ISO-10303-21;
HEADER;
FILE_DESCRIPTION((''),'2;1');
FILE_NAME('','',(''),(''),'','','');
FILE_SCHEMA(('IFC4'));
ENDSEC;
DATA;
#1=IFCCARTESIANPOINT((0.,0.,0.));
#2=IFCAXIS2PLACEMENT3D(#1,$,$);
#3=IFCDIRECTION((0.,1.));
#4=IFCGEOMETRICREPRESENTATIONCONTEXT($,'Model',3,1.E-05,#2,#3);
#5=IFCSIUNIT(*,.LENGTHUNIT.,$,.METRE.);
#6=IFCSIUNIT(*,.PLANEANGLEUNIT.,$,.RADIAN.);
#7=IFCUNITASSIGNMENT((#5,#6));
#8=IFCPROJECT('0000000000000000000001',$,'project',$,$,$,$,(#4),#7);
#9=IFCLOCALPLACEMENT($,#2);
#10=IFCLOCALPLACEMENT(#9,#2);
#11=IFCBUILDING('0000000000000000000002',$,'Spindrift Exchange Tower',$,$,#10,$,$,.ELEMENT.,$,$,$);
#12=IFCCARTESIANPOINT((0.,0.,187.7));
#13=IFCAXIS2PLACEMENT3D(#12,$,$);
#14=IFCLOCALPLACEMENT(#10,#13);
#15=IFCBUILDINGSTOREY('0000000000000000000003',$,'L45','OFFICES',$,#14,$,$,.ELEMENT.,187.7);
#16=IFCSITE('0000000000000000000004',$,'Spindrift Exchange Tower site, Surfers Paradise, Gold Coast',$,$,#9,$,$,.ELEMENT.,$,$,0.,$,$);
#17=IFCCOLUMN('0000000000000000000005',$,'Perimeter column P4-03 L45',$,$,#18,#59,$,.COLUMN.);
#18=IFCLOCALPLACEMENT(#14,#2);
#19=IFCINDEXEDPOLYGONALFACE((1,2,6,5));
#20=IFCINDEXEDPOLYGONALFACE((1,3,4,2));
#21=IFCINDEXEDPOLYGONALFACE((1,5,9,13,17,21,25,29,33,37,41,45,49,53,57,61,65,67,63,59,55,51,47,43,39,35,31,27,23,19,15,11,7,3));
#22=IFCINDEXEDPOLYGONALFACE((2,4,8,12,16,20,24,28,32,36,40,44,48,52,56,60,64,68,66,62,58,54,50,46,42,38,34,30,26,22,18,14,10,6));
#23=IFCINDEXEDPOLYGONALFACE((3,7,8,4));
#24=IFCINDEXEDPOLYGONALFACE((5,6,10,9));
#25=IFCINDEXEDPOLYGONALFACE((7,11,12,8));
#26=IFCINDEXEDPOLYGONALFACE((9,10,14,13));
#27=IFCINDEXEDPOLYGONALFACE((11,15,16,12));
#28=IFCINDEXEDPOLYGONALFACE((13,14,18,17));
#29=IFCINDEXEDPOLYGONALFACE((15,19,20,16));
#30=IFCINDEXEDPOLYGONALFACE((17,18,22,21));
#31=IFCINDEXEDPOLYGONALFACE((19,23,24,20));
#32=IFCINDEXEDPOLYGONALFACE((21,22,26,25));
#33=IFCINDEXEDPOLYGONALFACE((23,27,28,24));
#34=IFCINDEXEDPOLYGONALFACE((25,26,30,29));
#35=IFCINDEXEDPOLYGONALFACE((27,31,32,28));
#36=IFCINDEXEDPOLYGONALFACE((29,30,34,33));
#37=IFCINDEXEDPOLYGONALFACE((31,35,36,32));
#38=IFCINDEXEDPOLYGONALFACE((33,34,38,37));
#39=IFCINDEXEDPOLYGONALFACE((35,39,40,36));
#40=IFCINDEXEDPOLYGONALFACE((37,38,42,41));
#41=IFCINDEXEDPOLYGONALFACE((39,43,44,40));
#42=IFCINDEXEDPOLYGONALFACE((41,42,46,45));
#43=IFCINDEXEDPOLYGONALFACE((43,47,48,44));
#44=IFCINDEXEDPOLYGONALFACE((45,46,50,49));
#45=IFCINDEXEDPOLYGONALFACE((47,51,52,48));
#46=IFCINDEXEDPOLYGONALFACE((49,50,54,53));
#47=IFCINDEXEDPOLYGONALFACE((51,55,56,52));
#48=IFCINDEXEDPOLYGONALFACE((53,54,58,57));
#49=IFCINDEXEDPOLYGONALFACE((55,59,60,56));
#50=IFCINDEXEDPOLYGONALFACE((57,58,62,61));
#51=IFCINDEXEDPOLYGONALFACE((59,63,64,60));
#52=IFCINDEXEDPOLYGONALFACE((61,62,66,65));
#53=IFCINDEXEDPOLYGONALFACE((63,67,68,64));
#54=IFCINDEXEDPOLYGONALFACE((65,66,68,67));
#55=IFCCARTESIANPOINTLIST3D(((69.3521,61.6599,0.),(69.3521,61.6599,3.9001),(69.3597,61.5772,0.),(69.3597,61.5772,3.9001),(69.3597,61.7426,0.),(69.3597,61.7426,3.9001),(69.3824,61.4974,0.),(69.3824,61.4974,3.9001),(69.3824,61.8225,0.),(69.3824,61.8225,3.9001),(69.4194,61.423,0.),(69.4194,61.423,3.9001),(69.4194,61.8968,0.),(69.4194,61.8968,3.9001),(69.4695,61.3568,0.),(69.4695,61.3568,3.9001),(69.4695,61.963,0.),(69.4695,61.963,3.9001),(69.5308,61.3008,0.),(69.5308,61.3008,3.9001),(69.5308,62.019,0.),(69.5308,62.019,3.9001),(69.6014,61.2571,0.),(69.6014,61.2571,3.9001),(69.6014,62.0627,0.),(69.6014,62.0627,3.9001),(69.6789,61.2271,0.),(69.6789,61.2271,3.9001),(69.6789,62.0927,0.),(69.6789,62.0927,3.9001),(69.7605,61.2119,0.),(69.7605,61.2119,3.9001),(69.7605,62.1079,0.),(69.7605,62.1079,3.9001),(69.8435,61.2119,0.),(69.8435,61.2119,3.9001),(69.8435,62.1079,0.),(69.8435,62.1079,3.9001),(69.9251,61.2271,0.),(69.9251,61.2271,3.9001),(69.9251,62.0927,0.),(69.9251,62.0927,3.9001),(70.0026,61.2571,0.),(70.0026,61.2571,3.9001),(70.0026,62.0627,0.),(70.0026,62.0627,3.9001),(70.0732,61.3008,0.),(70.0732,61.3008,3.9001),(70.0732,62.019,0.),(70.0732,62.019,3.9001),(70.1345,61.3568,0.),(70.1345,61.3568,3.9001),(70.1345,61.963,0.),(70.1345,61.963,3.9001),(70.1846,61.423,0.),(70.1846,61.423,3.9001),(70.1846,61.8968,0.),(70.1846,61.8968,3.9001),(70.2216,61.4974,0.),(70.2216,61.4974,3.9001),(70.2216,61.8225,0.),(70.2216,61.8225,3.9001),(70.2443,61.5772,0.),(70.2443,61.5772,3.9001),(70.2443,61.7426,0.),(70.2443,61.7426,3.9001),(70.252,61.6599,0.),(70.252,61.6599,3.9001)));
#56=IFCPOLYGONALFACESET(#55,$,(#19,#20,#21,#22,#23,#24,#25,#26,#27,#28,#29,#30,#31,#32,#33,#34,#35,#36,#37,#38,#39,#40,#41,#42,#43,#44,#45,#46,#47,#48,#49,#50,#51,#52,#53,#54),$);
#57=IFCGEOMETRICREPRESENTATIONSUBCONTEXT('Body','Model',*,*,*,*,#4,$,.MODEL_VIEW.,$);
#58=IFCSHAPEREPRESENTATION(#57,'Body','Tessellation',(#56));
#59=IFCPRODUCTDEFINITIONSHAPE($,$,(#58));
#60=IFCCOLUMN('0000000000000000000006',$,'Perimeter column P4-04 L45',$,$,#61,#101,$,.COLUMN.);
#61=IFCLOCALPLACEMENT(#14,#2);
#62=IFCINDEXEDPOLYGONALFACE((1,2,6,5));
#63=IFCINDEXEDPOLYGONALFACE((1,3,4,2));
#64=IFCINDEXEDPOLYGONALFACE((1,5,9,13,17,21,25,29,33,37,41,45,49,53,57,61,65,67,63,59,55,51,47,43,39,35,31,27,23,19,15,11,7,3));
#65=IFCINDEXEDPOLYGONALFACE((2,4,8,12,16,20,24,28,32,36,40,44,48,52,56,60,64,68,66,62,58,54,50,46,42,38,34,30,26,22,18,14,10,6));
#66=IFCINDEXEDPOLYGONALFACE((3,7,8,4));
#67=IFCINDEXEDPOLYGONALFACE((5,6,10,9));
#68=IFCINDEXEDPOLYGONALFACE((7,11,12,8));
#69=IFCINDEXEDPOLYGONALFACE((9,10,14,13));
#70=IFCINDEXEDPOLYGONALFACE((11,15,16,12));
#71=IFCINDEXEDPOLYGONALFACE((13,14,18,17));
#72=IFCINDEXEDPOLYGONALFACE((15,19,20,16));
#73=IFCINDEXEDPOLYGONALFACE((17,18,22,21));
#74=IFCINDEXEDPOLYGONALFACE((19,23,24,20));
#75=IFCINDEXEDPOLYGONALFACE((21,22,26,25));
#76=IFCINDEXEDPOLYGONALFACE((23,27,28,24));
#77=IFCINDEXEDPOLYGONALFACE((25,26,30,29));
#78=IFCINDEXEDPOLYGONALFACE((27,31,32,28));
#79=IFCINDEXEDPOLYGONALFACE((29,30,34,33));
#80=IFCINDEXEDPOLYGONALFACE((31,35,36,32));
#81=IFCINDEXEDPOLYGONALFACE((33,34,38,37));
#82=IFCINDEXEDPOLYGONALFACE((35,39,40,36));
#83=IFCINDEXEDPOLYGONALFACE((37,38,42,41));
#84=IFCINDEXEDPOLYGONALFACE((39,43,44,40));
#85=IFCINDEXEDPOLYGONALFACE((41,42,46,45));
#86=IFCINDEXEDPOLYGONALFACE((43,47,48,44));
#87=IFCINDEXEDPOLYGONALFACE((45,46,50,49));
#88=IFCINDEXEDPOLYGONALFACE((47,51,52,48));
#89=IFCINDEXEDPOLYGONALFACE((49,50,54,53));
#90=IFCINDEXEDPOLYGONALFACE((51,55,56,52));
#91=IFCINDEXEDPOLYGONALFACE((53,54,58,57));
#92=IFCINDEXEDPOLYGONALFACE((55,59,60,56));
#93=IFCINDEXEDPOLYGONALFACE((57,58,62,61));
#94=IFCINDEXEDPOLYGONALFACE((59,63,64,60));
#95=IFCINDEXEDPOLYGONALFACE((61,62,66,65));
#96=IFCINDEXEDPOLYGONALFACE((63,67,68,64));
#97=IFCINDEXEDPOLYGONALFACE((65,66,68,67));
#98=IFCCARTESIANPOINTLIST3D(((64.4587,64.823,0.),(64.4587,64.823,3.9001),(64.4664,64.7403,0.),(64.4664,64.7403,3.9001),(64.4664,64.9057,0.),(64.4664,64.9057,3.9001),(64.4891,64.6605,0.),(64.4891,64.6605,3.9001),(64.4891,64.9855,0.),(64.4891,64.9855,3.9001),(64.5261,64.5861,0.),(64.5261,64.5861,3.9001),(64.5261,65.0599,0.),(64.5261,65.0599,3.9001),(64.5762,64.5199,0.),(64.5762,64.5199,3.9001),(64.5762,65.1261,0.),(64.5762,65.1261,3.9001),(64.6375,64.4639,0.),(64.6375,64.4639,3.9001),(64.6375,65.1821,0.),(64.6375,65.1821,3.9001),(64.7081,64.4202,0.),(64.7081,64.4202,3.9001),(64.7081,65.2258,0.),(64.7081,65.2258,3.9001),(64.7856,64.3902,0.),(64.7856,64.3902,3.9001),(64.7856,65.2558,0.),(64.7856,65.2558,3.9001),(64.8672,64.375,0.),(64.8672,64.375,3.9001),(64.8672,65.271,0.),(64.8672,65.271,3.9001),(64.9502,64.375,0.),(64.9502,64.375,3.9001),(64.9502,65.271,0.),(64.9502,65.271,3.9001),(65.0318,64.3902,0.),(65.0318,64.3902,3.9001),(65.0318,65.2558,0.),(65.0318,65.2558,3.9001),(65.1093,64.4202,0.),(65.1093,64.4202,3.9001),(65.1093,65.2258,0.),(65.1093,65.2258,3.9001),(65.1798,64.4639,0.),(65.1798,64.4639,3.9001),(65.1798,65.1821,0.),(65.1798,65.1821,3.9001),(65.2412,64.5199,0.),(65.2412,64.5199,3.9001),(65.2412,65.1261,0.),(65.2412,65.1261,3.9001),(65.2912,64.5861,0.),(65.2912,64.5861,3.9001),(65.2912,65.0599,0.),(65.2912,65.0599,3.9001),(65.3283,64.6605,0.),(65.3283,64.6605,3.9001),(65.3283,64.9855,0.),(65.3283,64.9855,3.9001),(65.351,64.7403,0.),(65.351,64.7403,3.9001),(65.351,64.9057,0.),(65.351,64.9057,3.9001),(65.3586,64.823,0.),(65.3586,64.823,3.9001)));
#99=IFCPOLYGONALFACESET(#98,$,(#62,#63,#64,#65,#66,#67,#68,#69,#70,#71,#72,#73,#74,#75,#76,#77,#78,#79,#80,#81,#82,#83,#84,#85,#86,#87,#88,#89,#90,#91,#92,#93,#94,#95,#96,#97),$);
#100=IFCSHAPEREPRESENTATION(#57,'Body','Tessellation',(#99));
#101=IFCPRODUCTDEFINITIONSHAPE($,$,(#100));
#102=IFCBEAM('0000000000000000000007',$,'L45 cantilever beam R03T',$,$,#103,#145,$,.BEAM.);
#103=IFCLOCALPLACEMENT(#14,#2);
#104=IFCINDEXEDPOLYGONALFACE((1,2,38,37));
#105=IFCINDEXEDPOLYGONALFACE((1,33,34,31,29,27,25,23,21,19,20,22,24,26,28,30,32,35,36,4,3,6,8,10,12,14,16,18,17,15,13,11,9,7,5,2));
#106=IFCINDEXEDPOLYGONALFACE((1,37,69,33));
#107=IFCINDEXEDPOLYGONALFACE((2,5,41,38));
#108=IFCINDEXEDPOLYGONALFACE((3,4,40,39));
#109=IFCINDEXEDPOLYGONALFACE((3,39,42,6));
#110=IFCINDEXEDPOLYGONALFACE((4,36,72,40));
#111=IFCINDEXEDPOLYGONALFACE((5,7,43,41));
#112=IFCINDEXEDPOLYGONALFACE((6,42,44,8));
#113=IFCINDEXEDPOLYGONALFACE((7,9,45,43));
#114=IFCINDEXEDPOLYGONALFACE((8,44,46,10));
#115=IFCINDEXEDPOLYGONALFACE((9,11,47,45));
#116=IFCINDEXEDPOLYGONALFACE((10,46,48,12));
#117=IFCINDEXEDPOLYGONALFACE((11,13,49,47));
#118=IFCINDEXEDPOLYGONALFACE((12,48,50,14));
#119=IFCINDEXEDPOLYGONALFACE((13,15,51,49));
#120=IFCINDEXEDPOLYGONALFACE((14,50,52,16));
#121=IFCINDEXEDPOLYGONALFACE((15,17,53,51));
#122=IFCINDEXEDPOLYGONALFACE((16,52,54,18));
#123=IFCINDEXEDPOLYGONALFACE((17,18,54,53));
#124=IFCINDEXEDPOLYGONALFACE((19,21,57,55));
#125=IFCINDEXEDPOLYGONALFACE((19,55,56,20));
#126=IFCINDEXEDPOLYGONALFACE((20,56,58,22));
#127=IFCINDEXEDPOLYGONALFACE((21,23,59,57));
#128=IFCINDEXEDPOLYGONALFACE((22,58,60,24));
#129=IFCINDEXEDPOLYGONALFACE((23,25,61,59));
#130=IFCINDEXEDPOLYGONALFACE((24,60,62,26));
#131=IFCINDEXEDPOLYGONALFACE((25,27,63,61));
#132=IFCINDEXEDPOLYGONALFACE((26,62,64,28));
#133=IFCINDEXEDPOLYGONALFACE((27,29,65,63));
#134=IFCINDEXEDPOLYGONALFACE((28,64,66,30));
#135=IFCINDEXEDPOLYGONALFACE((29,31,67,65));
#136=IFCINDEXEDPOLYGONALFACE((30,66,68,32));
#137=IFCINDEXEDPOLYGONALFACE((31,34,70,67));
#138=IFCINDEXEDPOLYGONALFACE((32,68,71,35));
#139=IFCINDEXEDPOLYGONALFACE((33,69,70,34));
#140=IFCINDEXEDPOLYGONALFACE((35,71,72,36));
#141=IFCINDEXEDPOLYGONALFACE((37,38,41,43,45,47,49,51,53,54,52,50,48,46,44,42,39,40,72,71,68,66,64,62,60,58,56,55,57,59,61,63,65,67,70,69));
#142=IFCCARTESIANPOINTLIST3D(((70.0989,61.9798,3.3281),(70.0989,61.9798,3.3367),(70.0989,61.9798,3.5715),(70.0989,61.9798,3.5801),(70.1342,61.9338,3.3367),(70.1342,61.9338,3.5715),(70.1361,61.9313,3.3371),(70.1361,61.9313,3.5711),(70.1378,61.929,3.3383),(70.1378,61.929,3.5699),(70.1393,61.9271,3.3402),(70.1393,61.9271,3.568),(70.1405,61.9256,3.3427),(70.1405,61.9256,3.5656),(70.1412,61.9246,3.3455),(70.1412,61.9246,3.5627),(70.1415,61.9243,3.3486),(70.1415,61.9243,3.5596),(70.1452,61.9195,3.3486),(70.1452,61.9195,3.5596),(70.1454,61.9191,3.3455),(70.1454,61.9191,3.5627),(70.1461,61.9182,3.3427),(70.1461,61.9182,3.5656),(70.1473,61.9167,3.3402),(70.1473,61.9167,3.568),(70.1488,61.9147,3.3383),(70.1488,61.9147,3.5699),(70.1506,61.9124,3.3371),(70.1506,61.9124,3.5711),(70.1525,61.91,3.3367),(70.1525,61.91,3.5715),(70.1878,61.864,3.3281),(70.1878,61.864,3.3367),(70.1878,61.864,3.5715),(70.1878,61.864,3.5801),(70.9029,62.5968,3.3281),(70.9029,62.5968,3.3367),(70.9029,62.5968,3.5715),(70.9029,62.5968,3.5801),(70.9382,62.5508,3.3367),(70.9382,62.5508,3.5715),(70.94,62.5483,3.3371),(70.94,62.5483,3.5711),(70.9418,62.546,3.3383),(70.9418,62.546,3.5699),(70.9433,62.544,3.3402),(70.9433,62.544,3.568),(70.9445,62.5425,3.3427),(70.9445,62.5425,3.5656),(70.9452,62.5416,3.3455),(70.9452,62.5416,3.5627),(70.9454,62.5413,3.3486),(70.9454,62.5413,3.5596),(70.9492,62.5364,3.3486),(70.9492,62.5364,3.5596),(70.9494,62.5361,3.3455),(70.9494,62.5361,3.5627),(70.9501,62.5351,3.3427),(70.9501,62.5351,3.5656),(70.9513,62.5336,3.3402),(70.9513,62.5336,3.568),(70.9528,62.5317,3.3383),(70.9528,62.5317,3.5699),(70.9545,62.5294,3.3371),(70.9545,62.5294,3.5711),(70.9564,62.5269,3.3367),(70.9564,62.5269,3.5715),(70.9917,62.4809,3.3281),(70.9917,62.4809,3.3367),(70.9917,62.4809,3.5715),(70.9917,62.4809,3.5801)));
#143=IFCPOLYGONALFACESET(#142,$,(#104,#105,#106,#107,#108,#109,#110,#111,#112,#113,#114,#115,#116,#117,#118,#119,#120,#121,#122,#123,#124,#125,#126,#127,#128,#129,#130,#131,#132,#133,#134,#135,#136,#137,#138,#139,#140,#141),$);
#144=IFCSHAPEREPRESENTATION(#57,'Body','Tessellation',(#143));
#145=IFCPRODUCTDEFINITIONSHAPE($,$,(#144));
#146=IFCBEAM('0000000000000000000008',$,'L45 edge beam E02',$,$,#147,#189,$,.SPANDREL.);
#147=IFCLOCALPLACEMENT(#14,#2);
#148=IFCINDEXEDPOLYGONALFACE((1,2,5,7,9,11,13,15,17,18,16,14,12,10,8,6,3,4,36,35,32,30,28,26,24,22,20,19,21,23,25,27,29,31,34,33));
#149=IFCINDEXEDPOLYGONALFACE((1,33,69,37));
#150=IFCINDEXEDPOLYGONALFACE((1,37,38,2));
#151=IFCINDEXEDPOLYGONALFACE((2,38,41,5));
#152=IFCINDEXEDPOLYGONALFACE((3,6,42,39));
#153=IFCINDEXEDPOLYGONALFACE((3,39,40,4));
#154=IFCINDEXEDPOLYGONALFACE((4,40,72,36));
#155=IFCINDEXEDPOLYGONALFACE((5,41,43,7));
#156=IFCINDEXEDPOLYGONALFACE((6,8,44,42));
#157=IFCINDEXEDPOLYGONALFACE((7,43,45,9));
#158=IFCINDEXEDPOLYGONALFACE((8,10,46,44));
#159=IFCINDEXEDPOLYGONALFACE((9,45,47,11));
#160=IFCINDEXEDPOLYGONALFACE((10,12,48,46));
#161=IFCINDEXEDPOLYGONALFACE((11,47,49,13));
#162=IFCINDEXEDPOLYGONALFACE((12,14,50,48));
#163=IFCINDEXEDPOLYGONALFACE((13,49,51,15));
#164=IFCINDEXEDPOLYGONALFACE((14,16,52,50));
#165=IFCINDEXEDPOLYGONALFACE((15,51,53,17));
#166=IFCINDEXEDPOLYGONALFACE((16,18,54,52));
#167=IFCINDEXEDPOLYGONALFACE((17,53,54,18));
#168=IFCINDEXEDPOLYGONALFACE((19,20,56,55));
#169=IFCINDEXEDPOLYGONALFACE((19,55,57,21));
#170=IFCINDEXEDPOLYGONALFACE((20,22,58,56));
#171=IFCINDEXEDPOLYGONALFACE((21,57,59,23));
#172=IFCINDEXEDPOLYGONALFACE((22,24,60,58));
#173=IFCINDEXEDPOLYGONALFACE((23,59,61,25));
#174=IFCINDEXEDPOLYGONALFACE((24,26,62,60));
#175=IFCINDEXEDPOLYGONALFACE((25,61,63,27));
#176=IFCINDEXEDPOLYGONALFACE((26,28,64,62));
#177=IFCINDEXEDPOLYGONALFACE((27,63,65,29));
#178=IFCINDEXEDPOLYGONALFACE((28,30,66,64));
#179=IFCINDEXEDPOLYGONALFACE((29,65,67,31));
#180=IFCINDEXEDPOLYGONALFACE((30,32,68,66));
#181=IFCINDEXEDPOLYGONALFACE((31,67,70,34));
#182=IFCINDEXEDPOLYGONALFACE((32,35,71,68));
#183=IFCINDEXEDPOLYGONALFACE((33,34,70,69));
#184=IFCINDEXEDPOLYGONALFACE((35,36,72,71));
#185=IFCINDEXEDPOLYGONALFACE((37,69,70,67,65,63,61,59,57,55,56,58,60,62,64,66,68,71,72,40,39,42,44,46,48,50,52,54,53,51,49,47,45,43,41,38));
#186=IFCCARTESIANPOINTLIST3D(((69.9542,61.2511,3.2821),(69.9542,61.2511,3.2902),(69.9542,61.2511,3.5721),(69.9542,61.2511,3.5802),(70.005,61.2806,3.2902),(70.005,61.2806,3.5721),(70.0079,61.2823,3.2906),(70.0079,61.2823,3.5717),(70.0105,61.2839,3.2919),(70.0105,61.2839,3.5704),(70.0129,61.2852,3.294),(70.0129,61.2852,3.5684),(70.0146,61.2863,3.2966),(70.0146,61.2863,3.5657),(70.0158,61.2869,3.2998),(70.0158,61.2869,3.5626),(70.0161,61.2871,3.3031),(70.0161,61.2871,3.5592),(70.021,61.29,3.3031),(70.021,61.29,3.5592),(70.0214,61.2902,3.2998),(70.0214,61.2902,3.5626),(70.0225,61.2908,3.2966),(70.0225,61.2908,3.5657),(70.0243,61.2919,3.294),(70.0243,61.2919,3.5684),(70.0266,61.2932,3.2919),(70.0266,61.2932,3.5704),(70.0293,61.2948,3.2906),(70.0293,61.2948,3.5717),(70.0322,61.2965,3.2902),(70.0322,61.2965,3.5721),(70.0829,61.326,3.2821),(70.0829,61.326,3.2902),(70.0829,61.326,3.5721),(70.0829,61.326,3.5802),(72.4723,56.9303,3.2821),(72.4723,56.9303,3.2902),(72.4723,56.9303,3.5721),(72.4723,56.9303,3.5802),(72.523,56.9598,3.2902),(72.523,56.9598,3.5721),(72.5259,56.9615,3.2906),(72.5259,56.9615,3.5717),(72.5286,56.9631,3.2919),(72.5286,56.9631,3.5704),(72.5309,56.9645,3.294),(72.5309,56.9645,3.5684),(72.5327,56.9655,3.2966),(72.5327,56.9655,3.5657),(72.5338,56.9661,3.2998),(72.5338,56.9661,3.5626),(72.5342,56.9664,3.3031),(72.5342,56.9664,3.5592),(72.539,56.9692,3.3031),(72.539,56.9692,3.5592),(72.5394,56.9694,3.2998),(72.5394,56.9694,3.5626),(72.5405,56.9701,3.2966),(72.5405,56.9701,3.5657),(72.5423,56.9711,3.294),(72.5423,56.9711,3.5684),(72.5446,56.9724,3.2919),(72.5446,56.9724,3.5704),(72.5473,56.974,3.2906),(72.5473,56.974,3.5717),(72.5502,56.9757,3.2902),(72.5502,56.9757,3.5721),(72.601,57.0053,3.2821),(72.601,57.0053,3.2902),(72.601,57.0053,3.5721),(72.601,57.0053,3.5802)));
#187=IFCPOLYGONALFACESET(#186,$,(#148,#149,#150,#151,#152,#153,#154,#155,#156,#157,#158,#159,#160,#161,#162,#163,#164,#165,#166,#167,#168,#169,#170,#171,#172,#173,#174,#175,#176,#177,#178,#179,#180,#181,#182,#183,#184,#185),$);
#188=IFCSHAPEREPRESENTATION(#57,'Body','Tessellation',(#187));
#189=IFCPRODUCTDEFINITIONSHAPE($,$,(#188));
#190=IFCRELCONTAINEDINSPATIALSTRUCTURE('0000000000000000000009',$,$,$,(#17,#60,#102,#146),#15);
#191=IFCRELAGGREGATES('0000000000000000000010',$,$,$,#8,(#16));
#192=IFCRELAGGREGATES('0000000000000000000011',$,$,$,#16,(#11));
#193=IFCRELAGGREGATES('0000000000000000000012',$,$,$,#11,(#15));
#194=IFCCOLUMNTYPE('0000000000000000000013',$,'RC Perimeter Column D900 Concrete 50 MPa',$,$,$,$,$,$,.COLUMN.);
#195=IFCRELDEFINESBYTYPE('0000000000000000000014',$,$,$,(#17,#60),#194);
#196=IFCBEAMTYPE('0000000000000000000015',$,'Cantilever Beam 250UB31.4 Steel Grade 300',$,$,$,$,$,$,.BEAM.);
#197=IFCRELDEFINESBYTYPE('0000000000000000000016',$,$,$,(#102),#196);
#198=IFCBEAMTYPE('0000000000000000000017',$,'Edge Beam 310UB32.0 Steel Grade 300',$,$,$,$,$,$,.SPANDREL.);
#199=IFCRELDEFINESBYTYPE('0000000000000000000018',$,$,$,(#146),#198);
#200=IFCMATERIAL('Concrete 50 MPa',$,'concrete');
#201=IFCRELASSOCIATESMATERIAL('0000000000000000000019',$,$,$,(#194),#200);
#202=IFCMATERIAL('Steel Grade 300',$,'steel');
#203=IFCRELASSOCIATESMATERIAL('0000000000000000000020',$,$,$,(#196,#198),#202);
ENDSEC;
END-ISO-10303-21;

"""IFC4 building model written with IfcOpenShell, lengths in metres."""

from ifc_helpers import new_model, si_unit, direction, frame, origin, origin_2d, place, context, subcontext, project, spatial, circle, i_section, extrude, source, transform, mapped, material, material_profile, profile_set, type_object, element, save


model = new_model("IFC4")

# Units and contexts
model_context = context("Model", 3, precision=1e-05, world=origin(), true_north=direction((0.0, 1.0)))
body_context = subcontext(model_context, "Body", "Model", "MODEL_VIEW")
ifc_project = project(units=[si_unit("LENGTHUNIT", "METRE"), si_unit("PLANEANGLEUNIT", "RADIAN")], contexts=[model_context])

# Site, building, storey
site_placement = place(None, origin())
site = spatial("IfcSite", under=ifc_project, at=site_placement, Name="Spindrift Exchange Tower site, Surfers Paradise, Gold Coast", CompositionType="ELEMENT", RefElevation=0.0)
building_placement = place(site_placement, origin())
building = spatial("IfcBuilding", under=site, at=building_placement, Name="Spindrift Exchange Tower", CompositionType="ELEMENT")
storey_placement = place(building_placement, frame((0.0, 0.0, 187.7)))
storey = spatial("IfcBuildingStorey", under=building, at=storey_placement, Name="L45", Description="OFFICES", CompositionType="ELEMENT", Elevation=187.7)

# Columns
ifc_material_1 = material(Name="Concrete 50 MPa", Category="concrete")
ifc_material_profile_1 = material_profile(ifc_material_1, circle(Radius=0.45, at=origin_2d()), Name="RC D900")
ifc_profile_set_1 = profile_set([ifc_material_profile_1], Name="Concrete 50 MPa")
column_type = type_object("IfcColumnType", Name="RC Perimeter Column D900 Concrete 50 MPa", PredefinedType="COLUMN", material=ifc_profile_set_1)
shared_shape_1 = source(origin(), body_context, "Body", "SweptSolid", [
    extrude(circle(Radius=0.45, at=origin_2d()), origin(), (0.0, 0.0, 1.0), 3.9001),
])
for number, where, z_axis, x_axis, name in (
    (1, (69.802, 61.6599, 0.0), (0.0, 0.0, 1.0), (1.0, 0.0, 0.0), "Perimeter column P4-03 L45"),
    (2, (64.9087, 64.823, 0.0), (0.0, 0.0, 1.0), (1.0, 0.0, 0.0), "Perimeter column P4-04 L45"),
):
    element("IfcColumn", number, at=place(storey_placement, frame(where, z_axis=z_axis, x_axis=x_axis)), inside=storey, type_object=column_type, Name=name, PredefinedType="COLUMN", context=body_context, shape_type="MappedRepresentation", body=[
        mapped(shared_shape_1, transform((0.0, 0.0, 0.0), scale=1.0)),
    ])

# Beams
ifc_material_2 = material(Name="Steel Grade 300", Category="steel")
ifc_material_profile_2 = material_profile(ifc_material_2, i_section(OverallWidth=0.146, OverallDepth=0.252, WebThickness=0.0061, FlangeThickness=0.0085, FilletRadius=0.012, at=origin_2d()), Name="250UB31.4")
ifc_profile_set_2 = profile_set([ifc_material_profile_2], Name="Steel Grade 300")
beam_type_1 = type_object("IfcBeamType", Name="Cantilever Beam 250UB31.4 Steel Grade 300", PredefinedType="BEAM", material=ifc_profile_set_2)
shared_shape_2 = source(origin(), body_context, "Body", "SweptSolid", [
    extrude(i_section(OverallWidth=0.146, OverallDepth=0.252, WebThickness=0.0061, FlangeThickness=0.0085, FilletRadius=0.012, at=origin_2d()), origin(), (0.0, 0.0, 1.0), 1.0134),
])
beam_1_placement = place(storey_placement, frame((70.1433, 61.9219, 3.4541), z_axis=(0.793331, 0.608791, 0.0), x_axis=(-0.608791, 0.793331, 0.0)))
element("IfcBeam", 3, at=beam_1_placement, inside=storey, type_object=beam_type_1, Name="L45 cantilever beam R03T", PredefinedType="BEAM", context=body_context, shape_type="MappedRepresentation", body=[
    mapped(shared_shape_2, transform((0.0, 0.0, 0.0), scale=1.0)),
])
ifc_material_profile_3 = material_profile(ifc_material_2, i_section(OverallWidth=0.1489, OverallDepth=0.2981, WebThickness=0.0056, FlangeThickness=0.0081, FilletRadius=0.0129, at=origin_2d()), Name="310UB32.0")
ifc_profile_set_3 = profile_set([ifc_material_profile_3], Name="Steel Grade 300")
beam_type_2 = type_object("IfcBeamType", Name="Edge Beam 310UB32.0 Steel Grade 300", PredefinedType="SPANDREL", material=ifc_profile_set_3)
shared_shape_3 = source(origin(), body_context, "Body", "SweptSolid", [
    extrude(i_section(OverallWidth=0.1489, OverallDepth=0.2981, WebThickness=0.0056, FlangeThickness=0.0081, FilletRadius=0.0129, at=origin_2d()), origin(), (0.0, 0.0, 1.0), 5.001),
])
beam_2_placement = place(storey_placement, frame((72.5366, 56.9678, 3.4312), z_axis=(-0.503513, 0.863988, 0.0), x_axis=(-0.863988, -0.503513, 0.0)))
element("IfcBeam", 4, at=beam_2_placement, inside=storey, type_object=beam_type_2, Name="L45 edge beam E02", PredefinedType="SPANDREL", context=body_context, shape_type="MappedRepresentation", body=[
    mapped(shared_shape_3, transform((0.0, 0.0, 0.0), scale=1.0)),
])

save(model, "model.ifc")
